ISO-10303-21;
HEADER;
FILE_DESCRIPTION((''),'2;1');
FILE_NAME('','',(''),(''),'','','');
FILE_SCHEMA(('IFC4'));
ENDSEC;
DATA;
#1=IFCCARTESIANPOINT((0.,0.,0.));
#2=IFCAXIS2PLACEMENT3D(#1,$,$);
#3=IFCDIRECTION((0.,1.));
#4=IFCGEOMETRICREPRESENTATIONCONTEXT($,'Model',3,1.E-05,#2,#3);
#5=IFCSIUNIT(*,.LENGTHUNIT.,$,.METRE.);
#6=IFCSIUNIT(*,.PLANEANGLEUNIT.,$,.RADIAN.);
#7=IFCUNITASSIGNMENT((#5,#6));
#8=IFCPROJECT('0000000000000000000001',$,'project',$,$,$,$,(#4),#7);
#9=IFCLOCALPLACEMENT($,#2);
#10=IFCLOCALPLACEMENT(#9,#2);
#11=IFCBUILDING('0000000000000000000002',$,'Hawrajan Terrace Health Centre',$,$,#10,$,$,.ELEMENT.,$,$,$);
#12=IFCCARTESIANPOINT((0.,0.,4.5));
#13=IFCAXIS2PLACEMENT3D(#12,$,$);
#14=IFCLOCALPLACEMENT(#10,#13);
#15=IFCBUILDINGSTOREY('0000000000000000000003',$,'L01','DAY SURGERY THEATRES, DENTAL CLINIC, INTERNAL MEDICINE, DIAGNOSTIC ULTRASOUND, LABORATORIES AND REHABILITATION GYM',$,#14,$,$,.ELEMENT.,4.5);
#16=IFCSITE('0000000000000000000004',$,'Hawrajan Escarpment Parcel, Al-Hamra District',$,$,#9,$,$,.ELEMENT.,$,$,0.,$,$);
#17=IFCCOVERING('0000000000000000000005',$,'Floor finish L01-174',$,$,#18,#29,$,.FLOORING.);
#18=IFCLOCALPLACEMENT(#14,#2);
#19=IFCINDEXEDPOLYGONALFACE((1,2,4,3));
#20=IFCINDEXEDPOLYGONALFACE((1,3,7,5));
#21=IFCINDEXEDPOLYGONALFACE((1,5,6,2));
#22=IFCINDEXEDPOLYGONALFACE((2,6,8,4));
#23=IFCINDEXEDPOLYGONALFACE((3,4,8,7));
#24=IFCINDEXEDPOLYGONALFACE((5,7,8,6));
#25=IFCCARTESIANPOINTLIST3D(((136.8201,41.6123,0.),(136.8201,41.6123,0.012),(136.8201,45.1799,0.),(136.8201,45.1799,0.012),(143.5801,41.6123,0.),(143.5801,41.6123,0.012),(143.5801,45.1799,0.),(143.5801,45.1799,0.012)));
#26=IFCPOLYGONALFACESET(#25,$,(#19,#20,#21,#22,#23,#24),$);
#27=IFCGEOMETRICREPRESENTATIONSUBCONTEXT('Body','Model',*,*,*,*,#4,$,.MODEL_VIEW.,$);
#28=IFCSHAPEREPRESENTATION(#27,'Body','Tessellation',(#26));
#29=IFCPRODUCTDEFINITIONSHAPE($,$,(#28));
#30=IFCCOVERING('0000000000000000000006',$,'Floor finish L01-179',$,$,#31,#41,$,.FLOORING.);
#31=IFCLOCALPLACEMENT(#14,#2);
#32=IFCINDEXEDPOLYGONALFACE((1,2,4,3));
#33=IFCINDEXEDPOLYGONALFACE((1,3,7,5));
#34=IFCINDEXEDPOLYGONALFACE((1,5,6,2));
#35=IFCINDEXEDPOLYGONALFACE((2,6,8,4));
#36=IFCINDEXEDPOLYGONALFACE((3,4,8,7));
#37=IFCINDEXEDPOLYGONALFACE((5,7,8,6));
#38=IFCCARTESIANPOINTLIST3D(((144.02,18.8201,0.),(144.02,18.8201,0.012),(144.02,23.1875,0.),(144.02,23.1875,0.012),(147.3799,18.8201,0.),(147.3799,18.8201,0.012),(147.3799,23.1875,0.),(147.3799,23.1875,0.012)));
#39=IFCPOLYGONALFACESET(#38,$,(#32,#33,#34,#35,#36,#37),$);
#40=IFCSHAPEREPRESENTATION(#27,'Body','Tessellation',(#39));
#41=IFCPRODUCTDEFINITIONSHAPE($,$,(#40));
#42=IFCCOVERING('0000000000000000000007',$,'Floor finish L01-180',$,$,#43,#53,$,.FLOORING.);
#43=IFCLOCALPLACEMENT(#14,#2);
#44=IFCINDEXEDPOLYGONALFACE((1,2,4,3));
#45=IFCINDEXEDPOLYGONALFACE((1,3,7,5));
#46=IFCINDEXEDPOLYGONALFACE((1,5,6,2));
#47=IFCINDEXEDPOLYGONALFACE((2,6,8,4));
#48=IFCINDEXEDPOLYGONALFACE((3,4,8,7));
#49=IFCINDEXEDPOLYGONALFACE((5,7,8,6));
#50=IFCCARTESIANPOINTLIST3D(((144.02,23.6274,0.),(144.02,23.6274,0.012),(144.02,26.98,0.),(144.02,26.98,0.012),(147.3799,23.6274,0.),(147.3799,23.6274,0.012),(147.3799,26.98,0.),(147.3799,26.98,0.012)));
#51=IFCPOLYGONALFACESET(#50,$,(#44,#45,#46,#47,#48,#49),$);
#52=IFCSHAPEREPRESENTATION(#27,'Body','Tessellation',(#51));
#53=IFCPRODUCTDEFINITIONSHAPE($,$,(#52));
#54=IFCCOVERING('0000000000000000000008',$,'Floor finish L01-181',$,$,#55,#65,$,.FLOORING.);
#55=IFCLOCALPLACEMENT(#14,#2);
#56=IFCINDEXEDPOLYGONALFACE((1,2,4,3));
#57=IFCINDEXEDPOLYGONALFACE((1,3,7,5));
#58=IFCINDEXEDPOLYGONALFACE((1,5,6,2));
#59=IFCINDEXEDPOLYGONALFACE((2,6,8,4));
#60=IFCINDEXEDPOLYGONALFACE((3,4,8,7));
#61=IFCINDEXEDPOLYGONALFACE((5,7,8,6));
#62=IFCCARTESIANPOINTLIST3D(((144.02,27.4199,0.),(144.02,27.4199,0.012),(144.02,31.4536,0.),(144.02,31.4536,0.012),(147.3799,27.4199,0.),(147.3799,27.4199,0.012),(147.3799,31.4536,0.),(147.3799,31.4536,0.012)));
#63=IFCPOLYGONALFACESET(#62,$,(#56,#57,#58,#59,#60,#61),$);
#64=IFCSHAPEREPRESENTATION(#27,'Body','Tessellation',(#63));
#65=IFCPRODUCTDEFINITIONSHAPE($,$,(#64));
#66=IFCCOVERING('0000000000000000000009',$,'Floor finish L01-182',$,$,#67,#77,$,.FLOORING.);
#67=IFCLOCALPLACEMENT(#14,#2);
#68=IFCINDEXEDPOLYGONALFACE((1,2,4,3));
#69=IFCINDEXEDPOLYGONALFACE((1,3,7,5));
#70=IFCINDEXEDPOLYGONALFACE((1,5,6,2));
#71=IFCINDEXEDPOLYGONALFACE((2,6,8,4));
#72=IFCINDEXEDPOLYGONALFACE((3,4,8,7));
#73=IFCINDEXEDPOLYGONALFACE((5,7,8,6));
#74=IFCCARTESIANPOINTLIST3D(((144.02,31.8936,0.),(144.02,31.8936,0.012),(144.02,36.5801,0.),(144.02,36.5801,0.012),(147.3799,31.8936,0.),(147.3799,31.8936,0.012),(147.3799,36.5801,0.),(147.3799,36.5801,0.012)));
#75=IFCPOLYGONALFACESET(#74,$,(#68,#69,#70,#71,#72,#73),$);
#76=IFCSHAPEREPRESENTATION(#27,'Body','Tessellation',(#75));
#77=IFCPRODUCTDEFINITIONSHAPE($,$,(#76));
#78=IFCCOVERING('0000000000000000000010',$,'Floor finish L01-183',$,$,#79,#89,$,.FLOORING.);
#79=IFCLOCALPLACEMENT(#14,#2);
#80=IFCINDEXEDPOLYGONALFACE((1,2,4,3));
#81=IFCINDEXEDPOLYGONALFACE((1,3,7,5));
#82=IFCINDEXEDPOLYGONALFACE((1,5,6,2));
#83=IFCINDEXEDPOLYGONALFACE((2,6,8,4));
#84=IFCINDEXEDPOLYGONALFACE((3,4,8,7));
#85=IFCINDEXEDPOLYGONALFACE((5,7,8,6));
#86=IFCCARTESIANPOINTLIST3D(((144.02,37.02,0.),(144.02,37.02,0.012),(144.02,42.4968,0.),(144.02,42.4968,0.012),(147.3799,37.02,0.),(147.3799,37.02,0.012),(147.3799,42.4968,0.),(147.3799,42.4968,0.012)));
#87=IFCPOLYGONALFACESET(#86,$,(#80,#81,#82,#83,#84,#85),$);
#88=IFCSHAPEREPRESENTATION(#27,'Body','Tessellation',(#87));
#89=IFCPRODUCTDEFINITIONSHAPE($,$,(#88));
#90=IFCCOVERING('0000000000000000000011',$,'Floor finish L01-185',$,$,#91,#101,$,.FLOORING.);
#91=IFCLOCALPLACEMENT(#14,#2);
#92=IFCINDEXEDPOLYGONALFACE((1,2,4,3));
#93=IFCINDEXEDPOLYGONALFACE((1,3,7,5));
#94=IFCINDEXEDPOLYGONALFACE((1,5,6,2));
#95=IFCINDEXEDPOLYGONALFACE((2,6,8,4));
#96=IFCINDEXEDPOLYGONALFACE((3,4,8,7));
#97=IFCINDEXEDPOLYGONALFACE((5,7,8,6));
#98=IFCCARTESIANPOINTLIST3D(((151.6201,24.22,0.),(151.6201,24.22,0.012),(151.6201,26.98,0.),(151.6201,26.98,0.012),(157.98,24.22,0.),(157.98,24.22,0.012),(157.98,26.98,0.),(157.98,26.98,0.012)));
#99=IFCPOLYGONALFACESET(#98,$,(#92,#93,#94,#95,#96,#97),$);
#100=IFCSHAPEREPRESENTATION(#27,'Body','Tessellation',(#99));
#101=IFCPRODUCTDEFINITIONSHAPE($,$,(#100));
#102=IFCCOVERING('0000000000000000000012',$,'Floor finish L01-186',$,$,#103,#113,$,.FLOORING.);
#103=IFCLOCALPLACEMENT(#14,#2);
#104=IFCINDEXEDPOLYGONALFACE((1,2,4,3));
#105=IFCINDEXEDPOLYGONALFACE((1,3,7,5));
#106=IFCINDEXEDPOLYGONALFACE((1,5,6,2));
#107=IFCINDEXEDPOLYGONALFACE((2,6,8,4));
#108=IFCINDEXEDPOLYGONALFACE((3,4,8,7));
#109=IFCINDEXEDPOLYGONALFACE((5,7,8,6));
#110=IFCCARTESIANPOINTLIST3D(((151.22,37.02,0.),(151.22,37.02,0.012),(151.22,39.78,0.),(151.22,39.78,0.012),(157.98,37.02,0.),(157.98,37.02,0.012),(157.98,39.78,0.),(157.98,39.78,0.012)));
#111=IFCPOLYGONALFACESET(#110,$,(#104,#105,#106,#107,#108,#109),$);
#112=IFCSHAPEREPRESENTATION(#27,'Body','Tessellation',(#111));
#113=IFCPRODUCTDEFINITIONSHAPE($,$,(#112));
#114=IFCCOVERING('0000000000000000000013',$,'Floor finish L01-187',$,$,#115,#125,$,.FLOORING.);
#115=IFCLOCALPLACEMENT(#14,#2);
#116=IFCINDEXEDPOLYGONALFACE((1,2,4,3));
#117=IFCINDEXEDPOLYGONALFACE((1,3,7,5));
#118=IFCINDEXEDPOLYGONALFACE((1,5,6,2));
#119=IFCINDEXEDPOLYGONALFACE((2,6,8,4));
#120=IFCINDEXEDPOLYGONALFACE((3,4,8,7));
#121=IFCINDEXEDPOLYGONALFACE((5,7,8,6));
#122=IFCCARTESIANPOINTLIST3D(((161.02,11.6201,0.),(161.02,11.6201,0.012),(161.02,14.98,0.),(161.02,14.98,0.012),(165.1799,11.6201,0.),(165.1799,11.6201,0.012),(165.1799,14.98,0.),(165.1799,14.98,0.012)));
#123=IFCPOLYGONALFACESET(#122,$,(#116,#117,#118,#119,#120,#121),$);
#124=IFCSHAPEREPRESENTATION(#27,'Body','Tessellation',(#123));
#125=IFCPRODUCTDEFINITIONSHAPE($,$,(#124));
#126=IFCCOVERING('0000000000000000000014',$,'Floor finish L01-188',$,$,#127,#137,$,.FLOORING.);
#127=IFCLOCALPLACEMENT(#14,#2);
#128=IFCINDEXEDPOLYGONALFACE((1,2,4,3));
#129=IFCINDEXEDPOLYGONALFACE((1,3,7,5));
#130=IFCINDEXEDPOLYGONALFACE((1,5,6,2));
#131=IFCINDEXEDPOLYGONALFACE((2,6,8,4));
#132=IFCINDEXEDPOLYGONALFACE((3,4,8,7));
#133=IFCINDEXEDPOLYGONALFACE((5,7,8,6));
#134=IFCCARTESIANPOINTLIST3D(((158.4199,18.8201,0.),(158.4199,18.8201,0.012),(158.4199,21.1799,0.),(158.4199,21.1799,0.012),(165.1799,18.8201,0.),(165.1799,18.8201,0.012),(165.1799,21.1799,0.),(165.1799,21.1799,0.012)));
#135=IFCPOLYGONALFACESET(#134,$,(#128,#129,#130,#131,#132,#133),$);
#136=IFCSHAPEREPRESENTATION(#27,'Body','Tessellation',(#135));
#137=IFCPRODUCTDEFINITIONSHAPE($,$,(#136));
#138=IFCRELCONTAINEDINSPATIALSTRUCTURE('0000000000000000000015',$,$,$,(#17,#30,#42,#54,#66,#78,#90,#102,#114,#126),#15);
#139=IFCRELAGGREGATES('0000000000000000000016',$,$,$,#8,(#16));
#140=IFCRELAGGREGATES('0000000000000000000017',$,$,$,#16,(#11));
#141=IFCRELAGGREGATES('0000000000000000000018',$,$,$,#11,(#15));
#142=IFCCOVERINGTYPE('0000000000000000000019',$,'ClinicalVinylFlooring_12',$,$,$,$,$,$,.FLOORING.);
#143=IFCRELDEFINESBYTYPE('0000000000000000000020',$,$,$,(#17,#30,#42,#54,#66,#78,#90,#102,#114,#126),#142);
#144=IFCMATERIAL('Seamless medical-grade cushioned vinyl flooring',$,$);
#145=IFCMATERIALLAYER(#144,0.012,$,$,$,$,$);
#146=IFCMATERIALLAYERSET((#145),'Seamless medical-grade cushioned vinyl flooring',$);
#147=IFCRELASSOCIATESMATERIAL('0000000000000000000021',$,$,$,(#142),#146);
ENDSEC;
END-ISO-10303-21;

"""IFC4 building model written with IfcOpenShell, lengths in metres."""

from ifc_helpers import new_model, si_unit, direction, frame, origin, place, context, subcontext, project, spatial, polyline, outline, extrude, material, layer, layer_set, type_object, element, save


model = new_model("IFC4")

# Units and contexts
model_context = context("Model", 3, precision=1e-05, world=origin(), true_north=direction((0.0, 1.0)))
body_context = subcontext(model_context, "Body", "Model", "MODEL_VIEW")
ifc_project = project(units=[si_unit("LENGTHUNIT", "METRE"), si_unit("PLANEANGLEUNIT", "RADIAN")], contexts=[model_context])

# Site, building, storey
site_placement = place(None, origin())
site = spatial("IfcSite", under=ifc_project, at=site_placement, Name="Hawrajan Escarpment Parcel, Al-Hamra District", CompositionType="ELEMENT", RefElevation=0.0)
building_placement = place(site_placement, origin())
building = spatial("IfcBuilding", under=site, at=building_placement, Name="Hawrajan Terrace Health Centre", CompositionType="ELEMENT")
storey_placement = place(building_placement, frame((0.0, 0.0, 4.5)))
storey = spatial("IfcBuildingStorey", under=building, at=storey_placement, Name="L01", Description="DAY SURGERY THEATRES, DENTAL CLINIC, INTERNAL MEDICINE, DIAGNOSTIC ULTRASOUND, LABORATORIES AND REHABILITATION GYM", CompositionType="ELEMENT", Elevation=4.5)

# Coverings
ifc_material = material(Name="Seamless medical-grade cushioned vinyl flooring")
ifc_layer = layer(ifc_material, 0.012)
ifc_layer_set = layer_set([ifc_layer], Name="Seamless medical-grade cushioned vinyl flooring")
covering_type = type_object("IfcCoveringType", Name="ClinicalVinylFlooring_12", PredefinedType="FLOORING", material=ifc_layer_set)
covering_1_placement = place(storey_placement, origin())
element("IfcCovering", 1, at=covering_1_placement, inside=storey, type_object=covering_type, Name="Floor finish L01-174", PredefinedType="FLOORING", context=body_context, shape_type="SweptSolid", body=[
    extrude(outline(polyline([(136.8201, 45.1799), (143.5801, 45.1799), (143.5801, 41.6123), (136.8201, 41.6123), (136.8201, 45.1799)])), origin(), (0.0, 0.0, 1.0), 0.012),
])
covering_2_placement = place(storey_placement, origin())
element("IfcCovering", 2, at=covering_2_placement, inside=storey, type_object=covering_type, Name="Floor finish L01-179", PredefinedType="FLOORING", context=body_context, shape_type="SweptSolid", body=[
    extrude(outline(polyline([(144.02, 23.1875), (147.3799, 23.1875), (147.3799, 18.8201), (144.02, 18.8201), (144.02, 23.1875)])), origin(), (0.0, 0.0, 1.0), 0.012),
])
covering_3_placement = place(storey_placement, origin())
element("IfcCovering", 3, at=covering_3_placement, inside=storey, type_object=covering_type, Name="Floor finish L01-180", PredefinedType="FLOORING", context=body_context, shape_type="SweptSolid", body=[
    extrude(outline(polyline([(144.02, 26.98), (147.3799, 26.98), (147.3799, 23.6274), (144.02, 23.6274), (144.02, 26.98)])), origin(), (0.0, 0.0, 1.0), 0.012),
])
covering_4_placement = place(storey_placement, origin())
element("IfcCovering", 4, at=covering_4_placement, inside=storey, type_object=covering_type, Name="Floor finish L01-181", PredefinedType="FLOORING", context=body_context, shape_type="SweptSolid", body=[
    extrude(outline(polyline([(144.02, 31.4536), (147.3799, 31.4536), (147.3799, 27.4199), (144.02, 27.4199), (144.02, 31.4536)])), origin(), (0.0, 0.0, 1.0), 0.012),
])
covering_5_placement = place(storey_placement, origin())
element("IfcCovering", 5, at=covering_5_placement, inside=storey, type_object=covering_type, Name="Floor finish L01-182", PredefinedType="FLOORING", context=body_context, shape_type="SweptSolid", body=[
    extrude(outline(polyline([(144.02, 36.5801), (147.3799, 36.5801), (147.3799, 31.8936), (144.02, 31.8936), (144.02, 36.5801)])), origin(), (0.0, 0.0, 1.0), 0.012),
])
covering_6_placement = place(storey_placement, origin())
element("IfcCovering", 6, at=covering_6_placement, inside=storey, type_object=covering_type, Name="Floor finish L01-183", PredefinedType="FLOORING", context=body_context, shape_type="SweptSolid", body=[
    extrude(outline(polyline([(144.02, 42.4968), (147.3799, 42.4968), (147.3799, 37.02), (144.02, 37.02), (144.02, 42.4968)])), origin(), (0.0, 0.0, 1.0), 0.012),
])
covering_7_placement = place(storey_placement, origin())
element("IfcCovering", 7, at=covering_7_placement, inside=storey, type_object=covering_type, Name="Floor finish L01-185", PredefinedType="FLOORING", context=body_context, shape_type="SweptSolid", body=[
    extrude(outline(polyline([(151.6201, 26.98), (157.98, 26.98), (157.98, 24.22), (151.6201, 24.22), (151.6201, 26.98)])), origin(), (0.0, 0.0, 1.0), 0.012),
])
covering_8_placement = place(storey_placement, origin())
element("IfcCovering", 8, at=covering_8_placement, inside=storey, type_object=covering_type, Name="Floor finish L01-186", PredefinedType="FLOORING", context=body_context, shape_type="SweptSolid", body=[
    extrude(outline(polyline([(151.22, 39.78), (157.98, 39.78), (157.98, 37.02), (151.22, 37.02), (151.22, 39.78)])), origin(), (0.0, 0.0, 1.0), 0.012),
])
covering_9_placement = place(storey_placement, origin())
element("IfcCovering", 9, at=covering_9_placement, inside=storey, type_object=covering_type, Name="Floor finish L01-187", PredefinedType="FLOORING", context=body_context, shape_type="SweptSolid", body=[
    extrude(outline(polyline([(161.02, 14.98), (165.1799, 14.98), (165.1799, 11.6201), (161.02, 11.6201), (161.02, 14.98)])), origin(), (0.0, 0.0, 1.0), 0.012),
])
covering_10_placement = place(storey_placement, origin())
element("IfcCovering", 10, at=covering_10_placement, inside=storey, type_object=covering_type, Name="Floor finish L01-188", PredefinedType="FLOORING", context=body_context, shape_type="SweptSolid", body=[
    extrude(outline(polyline([(158.4199, 21.1799), (165.1799, 21.1799), (165.1799, 18.8201), (158.4199, 18.8201), (158.4199, 21.1799)])), origin(), (0.0, 0.0, 1.0), 0.012),
])

save(model, "model.ifc")
